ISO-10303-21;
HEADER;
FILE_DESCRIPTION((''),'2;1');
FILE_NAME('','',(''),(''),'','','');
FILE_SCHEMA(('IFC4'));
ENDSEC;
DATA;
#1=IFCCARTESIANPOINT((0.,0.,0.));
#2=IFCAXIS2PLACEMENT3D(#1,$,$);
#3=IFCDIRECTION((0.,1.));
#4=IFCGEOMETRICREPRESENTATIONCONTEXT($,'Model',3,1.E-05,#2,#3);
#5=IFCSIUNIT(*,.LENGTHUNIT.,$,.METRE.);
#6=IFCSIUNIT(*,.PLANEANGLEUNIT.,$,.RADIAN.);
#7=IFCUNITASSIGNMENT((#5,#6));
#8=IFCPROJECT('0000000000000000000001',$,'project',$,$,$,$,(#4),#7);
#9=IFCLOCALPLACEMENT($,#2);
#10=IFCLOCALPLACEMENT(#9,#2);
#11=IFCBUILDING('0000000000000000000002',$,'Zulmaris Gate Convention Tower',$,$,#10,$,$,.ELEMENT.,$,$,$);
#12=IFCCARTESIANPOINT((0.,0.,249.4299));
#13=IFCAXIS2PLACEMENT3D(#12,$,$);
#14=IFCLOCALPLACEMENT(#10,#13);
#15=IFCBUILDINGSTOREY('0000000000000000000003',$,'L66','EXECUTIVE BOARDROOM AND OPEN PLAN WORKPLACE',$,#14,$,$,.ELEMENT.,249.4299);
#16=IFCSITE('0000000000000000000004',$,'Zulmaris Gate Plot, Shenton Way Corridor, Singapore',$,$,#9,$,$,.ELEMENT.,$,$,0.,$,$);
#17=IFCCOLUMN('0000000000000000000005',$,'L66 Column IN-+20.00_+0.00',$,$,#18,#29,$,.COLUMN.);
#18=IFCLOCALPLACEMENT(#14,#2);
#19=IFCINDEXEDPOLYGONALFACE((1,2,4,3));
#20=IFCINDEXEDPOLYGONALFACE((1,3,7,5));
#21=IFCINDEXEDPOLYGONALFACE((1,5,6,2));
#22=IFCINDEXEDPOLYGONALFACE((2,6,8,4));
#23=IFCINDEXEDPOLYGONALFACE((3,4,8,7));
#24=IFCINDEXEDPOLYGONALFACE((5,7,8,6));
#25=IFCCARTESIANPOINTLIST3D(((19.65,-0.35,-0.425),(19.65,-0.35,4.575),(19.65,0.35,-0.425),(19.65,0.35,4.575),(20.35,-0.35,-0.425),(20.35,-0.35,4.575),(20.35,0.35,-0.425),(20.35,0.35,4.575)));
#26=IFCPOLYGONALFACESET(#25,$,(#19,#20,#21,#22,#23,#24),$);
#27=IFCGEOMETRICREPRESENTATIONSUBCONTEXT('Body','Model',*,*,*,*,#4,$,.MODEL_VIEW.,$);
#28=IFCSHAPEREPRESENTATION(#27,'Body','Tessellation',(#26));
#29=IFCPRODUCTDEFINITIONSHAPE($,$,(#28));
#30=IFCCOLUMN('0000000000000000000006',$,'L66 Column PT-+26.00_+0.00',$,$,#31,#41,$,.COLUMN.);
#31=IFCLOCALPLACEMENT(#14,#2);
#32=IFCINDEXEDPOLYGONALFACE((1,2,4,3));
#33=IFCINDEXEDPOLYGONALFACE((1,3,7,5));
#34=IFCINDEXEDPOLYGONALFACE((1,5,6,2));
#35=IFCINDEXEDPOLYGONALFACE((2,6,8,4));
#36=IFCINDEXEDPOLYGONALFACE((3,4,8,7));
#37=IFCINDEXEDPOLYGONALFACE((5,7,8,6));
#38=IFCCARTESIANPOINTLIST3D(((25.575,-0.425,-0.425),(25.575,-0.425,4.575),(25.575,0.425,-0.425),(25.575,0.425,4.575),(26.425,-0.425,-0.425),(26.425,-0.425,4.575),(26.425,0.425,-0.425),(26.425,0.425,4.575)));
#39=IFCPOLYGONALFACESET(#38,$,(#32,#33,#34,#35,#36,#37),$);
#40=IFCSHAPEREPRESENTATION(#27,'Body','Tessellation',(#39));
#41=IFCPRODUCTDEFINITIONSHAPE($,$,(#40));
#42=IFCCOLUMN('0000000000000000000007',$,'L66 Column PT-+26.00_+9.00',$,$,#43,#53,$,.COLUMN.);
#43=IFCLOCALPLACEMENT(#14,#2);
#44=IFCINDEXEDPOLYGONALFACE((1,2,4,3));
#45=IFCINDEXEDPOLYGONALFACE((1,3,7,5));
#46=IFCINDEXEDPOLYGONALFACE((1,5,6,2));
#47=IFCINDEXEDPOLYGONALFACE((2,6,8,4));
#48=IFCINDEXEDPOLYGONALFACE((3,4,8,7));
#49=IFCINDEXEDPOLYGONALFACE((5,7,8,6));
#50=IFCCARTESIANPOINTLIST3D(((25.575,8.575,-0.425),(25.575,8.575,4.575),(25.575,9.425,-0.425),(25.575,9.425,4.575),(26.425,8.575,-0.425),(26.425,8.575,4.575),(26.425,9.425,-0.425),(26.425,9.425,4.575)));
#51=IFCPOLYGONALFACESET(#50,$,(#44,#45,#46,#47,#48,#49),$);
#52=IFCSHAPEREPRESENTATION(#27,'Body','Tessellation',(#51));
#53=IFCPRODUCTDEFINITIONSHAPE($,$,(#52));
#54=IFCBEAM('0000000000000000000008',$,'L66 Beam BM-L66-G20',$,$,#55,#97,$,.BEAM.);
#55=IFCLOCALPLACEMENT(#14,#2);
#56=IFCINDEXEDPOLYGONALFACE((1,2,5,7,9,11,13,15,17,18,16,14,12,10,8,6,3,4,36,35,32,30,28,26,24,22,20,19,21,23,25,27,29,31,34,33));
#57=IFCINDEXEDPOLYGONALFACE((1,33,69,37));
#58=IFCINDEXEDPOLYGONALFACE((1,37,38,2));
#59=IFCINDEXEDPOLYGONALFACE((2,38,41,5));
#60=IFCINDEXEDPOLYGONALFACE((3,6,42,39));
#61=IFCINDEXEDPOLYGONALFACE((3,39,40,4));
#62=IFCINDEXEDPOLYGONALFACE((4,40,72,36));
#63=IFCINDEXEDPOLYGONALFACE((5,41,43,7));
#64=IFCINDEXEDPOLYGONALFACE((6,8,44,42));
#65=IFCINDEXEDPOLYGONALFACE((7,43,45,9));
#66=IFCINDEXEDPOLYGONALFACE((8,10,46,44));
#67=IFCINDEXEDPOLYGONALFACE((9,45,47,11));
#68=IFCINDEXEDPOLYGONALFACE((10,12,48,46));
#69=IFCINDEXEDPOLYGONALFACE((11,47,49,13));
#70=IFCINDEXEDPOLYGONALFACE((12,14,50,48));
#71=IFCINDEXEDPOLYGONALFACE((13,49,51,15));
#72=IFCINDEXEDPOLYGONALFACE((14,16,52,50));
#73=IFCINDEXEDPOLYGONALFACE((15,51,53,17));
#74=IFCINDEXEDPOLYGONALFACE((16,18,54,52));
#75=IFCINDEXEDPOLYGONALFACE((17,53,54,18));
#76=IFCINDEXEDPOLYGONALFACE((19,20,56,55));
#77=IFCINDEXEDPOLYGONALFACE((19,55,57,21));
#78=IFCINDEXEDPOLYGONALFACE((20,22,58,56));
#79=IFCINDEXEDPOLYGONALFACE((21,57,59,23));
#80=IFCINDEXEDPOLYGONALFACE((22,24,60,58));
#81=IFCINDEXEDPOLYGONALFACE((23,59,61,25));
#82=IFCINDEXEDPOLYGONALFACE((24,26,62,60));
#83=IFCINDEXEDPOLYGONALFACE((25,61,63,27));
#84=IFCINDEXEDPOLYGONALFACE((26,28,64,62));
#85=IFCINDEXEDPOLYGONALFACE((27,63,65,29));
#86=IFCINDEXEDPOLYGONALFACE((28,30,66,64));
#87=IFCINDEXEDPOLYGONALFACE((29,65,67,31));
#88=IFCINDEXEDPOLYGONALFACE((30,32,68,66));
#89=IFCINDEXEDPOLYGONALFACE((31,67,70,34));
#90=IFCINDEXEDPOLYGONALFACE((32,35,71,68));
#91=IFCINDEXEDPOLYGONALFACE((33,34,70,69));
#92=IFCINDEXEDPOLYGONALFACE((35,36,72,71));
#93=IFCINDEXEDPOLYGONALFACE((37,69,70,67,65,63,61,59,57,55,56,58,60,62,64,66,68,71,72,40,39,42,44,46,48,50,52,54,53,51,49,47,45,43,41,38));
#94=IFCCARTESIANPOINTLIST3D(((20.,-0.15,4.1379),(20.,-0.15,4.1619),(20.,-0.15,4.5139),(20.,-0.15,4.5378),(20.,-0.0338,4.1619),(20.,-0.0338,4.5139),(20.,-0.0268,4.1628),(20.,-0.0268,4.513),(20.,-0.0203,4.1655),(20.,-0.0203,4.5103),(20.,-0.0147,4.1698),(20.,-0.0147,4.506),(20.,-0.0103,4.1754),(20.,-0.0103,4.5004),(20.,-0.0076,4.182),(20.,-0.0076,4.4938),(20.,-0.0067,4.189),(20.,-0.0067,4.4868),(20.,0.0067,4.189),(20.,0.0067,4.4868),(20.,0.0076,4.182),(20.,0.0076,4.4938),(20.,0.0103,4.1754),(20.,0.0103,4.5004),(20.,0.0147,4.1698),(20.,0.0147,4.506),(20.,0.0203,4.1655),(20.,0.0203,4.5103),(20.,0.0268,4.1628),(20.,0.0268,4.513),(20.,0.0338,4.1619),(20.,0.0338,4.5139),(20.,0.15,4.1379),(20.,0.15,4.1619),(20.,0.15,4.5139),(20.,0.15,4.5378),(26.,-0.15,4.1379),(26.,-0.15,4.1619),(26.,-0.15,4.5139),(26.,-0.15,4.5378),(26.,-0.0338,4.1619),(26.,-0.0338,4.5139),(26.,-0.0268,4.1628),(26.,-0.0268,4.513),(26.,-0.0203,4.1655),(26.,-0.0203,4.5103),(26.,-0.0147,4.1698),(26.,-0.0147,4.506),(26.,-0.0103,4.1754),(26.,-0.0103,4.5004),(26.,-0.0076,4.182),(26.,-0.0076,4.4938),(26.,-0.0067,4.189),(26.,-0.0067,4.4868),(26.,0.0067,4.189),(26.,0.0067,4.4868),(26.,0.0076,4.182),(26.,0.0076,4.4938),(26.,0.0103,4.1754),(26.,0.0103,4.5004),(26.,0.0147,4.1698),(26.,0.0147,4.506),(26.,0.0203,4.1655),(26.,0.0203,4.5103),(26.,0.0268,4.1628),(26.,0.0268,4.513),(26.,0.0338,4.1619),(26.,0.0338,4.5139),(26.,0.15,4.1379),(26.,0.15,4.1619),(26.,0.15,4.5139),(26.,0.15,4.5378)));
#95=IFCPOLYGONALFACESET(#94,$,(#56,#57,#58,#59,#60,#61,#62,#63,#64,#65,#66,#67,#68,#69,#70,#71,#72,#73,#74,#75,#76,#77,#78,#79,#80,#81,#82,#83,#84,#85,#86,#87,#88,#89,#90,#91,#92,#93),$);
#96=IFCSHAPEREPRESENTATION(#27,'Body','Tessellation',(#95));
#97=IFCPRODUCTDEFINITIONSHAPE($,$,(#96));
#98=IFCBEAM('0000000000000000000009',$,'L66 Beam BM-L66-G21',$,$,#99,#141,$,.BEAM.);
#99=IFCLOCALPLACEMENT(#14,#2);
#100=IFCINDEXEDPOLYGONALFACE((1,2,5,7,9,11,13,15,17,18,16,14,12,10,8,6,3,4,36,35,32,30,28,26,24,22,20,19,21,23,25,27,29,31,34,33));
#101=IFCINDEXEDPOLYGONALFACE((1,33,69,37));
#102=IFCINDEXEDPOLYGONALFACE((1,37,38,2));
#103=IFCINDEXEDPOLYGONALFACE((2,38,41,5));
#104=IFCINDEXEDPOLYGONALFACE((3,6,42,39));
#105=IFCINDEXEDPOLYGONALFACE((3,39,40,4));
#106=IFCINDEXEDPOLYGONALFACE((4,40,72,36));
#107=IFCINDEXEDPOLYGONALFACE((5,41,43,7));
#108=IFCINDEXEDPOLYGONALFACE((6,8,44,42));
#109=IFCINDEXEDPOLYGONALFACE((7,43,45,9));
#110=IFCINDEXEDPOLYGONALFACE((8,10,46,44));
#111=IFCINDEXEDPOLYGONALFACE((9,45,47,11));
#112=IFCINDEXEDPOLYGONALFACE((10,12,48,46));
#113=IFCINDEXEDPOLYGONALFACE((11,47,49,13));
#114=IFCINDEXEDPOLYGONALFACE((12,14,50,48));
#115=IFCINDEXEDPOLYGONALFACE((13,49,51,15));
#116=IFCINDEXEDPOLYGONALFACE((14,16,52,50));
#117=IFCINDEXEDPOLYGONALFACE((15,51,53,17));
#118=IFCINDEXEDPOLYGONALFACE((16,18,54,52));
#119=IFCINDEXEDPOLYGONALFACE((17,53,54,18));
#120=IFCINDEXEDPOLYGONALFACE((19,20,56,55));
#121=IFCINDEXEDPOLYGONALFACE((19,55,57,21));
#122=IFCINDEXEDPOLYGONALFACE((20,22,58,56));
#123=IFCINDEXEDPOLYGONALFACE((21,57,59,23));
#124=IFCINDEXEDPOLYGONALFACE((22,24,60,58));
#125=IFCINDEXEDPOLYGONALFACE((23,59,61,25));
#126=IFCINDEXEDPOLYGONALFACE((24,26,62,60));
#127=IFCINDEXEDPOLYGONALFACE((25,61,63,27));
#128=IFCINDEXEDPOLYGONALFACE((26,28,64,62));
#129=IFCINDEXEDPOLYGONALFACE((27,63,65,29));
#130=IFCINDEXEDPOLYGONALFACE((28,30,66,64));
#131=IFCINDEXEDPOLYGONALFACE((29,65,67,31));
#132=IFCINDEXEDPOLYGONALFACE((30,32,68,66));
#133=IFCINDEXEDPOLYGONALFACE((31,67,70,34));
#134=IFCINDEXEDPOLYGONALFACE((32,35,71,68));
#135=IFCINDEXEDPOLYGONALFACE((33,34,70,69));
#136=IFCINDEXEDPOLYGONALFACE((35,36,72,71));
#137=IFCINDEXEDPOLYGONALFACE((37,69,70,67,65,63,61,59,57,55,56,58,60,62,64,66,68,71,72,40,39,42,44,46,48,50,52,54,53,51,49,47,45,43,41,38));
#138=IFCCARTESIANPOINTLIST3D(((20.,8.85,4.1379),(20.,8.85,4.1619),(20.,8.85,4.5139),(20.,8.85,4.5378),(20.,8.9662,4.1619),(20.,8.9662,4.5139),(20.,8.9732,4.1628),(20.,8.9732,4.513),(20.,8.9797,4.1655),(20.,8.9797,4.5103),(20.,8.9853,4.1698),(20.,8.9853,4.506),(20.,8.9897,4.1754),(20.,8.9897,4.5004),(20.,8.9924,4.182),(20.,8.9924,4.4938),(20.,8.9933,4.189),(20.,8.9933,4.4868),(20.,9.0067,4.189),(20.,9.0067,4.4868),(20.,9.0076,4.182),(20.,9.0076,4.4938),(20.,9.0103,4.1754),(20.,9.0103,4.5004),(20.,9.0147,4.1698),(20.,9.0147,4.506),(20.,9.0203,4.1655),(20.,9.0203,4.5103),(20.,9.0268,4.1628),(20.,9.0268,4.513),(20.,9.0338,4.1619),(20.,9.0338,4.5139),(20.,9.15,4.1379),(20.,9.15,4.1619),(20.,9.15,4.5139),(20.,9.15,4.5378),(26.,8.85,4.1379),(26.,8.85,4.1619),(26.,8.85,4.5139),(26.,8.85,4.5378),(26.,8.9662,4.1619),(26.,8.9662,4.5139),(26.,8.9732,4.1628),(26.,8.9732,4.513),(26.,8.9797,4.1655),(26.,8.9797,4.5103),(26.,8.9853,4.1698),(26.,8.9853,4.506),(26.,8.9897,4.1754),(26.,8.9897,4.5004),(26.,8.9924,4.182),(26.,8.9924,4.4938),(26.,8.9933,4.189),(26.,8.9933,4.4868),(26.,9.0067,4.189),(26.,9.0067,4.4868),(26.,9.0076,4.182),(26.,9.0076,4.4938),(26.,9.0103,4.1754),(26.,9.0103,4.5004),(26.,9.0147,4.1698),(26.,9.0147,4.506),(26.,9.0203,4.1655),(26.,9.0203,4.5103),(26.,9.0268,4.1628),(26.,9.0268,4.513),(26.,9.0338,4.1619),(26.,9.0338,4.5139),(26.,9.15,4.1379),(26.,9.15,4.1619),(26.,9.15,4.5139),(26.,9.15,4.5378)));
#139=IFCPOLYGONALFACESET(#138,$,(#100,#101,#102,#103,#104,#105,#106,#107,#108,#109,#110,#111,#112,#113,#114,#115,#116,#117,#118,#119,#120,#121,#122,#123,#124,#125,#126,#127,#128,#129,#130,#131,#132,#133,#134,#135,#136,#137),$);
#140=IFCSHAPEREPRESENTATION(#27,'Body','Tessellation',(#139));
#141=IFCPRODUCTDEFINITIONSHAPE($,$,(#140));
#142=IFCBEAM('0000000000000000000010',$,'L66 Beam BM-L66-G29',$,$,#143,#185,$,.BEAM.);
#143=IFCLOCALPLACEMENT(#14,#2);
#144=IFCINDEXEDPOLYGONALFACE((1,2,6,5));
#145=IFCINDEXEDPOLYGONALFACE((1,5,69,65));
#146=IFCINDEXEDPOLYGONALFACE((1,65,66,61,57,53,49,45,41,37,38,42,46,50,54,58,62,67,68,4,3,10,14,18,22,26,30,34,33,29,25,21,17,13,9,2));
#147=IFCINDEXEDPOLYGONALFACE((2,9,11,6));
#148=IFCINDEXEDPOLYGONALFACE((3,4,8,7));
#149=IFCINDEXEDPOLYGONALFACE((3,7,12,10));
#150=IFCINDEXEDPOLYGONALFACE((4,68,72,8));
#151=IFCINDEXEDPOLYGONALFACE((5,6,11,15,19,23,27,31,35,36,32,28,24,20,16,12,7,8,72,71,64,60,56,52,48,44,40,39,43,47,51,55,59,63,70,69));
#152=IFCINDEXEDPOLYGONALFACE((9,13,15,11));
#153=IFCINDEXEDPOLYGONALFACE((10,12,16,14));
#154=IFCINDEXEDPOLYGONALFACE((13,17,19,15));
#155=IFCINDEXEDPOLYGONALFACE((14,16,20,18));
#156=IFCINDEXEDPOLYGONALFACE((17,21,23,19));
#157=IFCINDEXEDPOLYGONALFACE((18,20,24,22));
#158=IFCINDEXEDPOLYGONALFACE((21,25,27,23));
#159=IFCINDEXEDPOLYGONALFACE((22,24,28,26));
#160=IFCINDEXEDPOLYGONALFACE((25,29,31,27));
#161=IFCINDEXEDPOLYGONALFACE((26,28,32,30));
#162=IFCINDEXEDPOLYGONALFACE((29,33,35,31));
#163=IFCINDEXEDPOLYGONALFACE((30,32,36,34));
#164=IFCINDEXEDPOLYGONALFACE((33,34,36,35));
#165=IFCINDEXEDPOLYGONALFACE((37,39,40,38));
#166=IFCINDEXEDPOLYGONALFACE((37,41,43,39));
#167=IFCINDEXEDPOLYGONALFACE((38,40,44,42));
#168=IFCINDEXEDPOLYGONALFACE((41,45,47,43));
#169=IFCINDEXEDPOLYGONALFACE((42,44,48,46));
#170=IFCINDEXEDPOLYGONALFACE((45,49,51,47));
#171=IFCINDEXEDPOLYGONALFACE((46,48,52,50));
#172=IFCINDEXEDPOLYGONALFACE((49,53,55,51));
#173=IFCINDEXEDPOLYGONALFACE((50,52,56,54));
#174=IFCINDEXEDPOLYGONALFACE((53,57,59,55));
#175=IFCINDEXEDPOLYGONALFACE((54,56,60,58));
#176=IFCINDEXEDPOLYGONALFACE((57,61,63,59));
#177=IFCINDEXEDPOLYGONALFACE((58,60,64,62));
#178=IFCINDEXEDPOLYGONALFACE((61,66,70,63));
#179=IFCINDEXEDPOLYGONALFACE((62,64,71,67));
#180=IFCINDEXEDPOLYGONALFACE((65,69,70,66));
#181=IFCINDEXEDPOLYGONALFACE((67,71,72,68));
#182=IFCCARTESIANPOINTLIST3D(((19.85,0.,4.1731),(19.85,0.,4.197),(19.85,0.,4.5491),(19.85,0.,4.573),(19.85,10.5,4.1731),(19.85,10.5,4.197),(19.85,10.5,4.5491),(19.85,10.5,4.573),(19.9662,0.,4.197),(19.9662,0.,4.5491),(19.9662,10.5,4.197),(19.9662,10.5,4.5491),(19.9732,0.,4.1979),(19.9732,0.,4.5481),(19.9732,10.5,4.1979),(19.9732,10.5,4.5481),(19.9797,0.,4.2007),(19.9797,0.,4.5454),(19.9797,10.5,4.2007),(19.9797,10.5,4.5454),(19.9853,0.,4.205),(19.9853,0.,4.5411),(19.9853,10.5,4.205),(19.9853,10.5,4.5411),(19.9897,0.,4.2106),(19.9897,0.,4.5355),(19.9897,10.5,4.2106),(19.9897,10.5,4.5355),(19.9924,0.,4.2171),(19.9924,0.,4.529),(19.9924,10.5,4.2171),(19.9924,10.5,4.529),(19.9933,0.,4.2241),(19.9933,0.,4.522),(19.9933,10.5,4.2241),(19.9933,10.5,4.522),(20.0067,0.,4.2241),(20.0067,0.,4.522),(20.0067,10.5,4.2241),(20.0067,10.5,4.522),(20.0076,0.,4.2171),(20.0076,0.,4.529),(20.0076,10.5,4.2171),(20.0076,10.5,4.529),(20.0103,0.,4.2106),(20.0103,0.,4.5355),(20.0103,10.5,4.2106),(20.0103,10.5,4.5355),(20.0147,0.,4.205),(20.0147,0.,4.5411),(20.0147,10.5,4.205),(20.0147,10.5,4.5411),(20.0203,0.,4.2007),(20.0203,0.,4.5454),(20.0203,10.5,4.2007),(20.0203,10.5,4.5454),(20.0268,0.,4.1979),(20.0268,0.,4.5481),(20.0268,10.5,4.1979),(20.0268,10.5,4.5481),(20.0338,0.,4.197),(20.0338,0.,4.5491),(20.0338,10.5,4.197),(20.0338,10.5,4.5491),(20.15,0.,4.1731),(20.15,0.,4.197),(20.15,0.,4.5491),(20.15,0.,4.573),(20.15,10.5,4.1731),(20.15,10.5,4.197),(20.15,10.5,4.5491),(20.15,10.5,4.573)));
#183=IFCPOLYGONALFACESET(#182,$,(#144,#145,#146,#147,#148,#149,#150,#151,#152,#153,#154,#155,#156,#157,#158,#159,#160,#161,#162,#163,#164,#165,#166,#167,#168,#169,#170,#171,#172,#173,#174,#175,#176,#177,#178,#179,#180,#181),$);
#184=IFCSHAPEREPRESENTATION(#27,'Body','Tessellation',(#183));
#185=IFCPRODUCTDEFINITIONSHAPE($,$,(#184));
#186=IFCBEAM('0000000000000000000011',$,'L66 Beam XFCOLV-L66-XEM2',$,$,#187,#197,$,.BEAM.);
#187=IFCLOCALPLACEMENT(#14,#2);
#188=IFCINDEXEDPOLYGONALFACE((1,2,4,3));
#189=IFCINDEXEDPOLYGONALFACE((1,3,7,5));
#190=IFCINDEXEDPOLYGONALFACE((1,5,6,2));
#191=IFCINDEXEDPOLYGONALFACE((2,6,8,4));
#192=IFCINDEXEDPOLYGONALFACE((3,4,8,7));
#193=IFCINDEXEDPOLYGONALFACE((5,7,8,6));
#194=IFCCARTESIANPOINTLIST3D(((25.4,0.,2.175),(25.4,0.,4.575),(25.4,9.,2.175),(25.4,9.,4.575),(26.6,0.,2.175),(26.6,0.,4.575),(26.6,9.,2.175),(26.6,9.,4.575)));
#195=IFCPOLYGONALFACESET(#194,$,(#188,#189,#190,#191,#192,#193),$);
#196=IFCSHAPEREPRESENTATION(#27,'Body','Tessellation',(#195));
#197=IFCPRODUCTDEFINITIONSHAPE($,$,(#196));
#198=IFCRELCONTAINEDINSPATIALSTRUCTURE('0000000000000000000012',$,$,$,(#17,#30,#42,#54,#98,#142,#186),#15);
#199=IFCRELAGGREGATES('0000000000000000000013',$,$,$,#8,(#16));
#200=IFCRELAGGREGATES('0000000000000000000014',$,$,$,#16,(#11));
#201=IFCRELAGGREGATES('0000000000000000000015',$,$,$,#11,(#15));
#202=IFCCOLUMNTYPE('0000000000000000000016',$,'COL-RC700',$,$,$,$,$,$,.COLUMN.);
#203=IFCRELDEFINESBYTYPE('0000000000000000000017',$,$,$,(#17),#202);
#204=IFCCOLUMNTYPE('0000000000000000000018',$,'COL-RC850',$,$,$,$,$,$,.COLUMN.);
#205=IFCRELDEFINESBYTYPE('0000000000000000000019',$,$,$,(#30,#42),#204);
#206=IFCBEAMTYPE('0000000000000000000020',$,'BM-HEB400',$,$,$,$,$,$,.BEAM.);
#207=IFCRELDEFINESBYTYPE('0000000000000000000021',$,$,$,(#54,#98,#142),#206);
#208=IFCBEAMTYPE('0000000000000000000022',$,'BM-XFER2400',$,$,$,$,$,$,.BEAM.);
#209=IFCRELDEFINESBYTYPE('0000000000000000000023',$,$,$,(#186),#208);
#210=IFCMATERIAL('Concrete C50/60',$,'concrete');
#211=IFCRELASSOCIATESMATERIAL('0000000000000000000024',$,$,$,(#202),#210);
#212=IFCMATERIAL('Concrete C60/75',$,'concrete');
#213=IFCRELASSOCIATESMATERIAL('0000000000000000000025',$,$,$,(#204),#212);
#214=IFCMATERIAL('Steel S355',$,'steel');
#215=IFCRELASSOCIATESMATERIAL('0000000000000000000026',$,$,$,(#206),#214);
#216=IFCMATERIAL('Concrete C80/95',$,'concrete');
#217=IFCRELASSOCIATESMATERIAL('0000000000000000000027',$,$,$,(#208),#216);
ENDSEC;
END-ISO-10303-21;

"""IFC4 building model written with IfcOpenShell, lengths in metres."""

from ifc_helpers import new_model, si_unit, direction, frame, origin, origin_2d, place, context, subcontext, project, spatial, rectangle, i_section, extrude, material, material_profile, profile_set, type_object, element, save


model = new_model("IFC4")

# Units and contexts
model_context = context("Model", 3, precision=1e-05, world=origin(), true_north=direction((0.0, 1.0)))
body_context = subcontext(model_context, "Body", "Model", "MODEL_VIEW")
ifc_project = project(units=[si_unit("LENGTHUNIT", "METRE"), si_unit("PLANEANGLEUNIT", "RADIAN")], contexts=[model_context])

# Site, building, storey
site_placement = place(None, origin())
site = spatial("IfcSite", under=ifc_project, at=site_placement, Name="Zulmaris Gate Plot, Shenton Way Corridor, Singapore", CompositionType="ELEMENT", RefElevation=0.0)
building_placement = place(site_placement, origin())
building = spatial("IfcBuilding", under=site, at=building_placement, Name="Zulmaris Gate Convention Tower", CompositionType="ELEMENT")
storey_placement = place(building_placement, frame((0.0, 0.0, 249.4299)))
storey = spatial("IfcBuildingStorey", under=building, at=storey_placement, Name="L66", Description="EXECUTIVE BOARDROOM AND OPEN PLAN WORKPLACE", CompositionType="ELEMENT", Elevation=249.4299)

# Columns
ifc_material_1 = material(Name="Concrete C50/60", Category="concrete")
ifc_material_profile_1 = material_profile(ifc_material_1, rectangle(XDim=0.7, YDim=0.7, at=origin_2d()), Name="RC COL 700x700")
ifc_profile_set_1 = profile_set([ifc_material_profile_1], Name="Concrete C50/60")
column_type_1 = type_object("IfcColumnType", Name="COL-RC700", PredefinedType="COLUMN", material=ifc_profile_set_1)
column_placement = place(storey_placement, frame((20.0, 0.0, -0.425), z_axis=(0.0, 0.0, 1.0), x_axis=(1.0, 0.0, 0.0)))
element("IfcColumn", 1, at=column_placement, inside=storey, type_object=column_type_1, Name="L66 Column IN-+20.00_+0.00", PredefinedType="COLUMN", context=body_context, shape_type="SweptSolid", body=[
    extrude(rectangle(XDim=0.7, YDim=0.7, at=origin_2d()), origin(), (0.0, 0.0, 1.0), 5.0),
])
ifc_material_2 = material(Name="Concrete C60/75", Category="concrete")
ifc_material_profile_2 = material_profile(ifc_material_2, rectangle(XDim=0.8501, YDim=0.8501, at=origin_2d()), Name="RC COL 850x850")
ifc_profile_set_2 = profile_set([ifc_material_profile_2], Name="Concrete C60/75")
column_type_2 = type_object("IfcColumnType", Name="COL-RC850", PredefinedType="COLUMN", material=ifc_profile_set_2)
for number, where, z_axis, x_axis, name in (
    (2, (26.0, 0.0, -0.425), (0.0, 0.0, 1.0), (1.0, 0.0, 0.0), "L66 Column PT-+26.00_+0.00"),
    (3, (26.0, 9.0, -0.425), (0.0, 0.0, 1.0), (1.0, 0.0, 0.0), "L66 Column PT-+26.00_+9.00"),
):
    element("IfcColumn", number, at=place(storey_placement, frame(where, z_axis=z_axis, x_axis=x_axis)), inside=storey, type_object=column_type_2, Name=name, PredefinedType="COLUMN", context=body_context, shape_type="SweptSolid", body=[
        extrude(rectangle(XDim=0.8501, YDim=0.8501, at=origin_2d()), origin(), (0.0, 0.0, 1.0), 5.0),
    ])

# Beams
ifc_material_3 = material(Name="Steel S355", Category="steel")
ifc_material_profile_3 = material_profile(ifc_material_3, i_section(OverallWidth=0.3, OverallDepth=0.3999, WebThickness=0.0134, FlangeThickness=0.0239, FilletRadius=0.0271, at=origin_2d()), Name="HEB 400")
ifc_profile_set_3 = profile_set([ifc_material_profile_3], Name="Steel S355")
beam_type_1 = type_object("IfcBeamType", Name="BM-HEB400", PredefinedType="BEAM", material=ifc_profile_set_3)
for number, where, z_axis, x_axis, name in (
    (4, (20.0, 0.0, 4.3379), (1.0, 0.0, 0.0), (0.0, 1.0, 0.0), "L66 Beam BM-L66-G20"),
    (5, (20.0, 9.0, 4.3379), (1.0, 0.0, 0.0), (0.0, 1.0, 0.0), "L66 Beam BM-L66-G21"),
):
    element("IfcBeam", number, at=place(storey_placement, frame(where, z_axis=z_axis, x_axis=x_axis)), inside=storey, type_object=beam_type_1, Name=name, PredefinedType="BEAM", context=body_context, shape_type="SweptSolid", body=[
        extrude(i_section(OverallWidth=0.3, OverallDepth=0.3999, WebThickness=0.0134, FlangeThickness=0.0239, FilletRadius=0.0271, at=origin_2d()), origin(), (0.0, 0.0, 1.0), 6.0),
    ])
beam_placement = place(storey_placement, frame((20.0, 0.0, 4.373), z_axis=(0.0, 1.0, 0.0), x_axis=(-1.0, 0.0, 0.0)))
element("IfcBeam", 6, at=beam_placement, inside=storey, type_object=beam_type_1, Name="L66 Beam BM-L66-G29", PredefinedType="BEAM", context=body_context, shape_type="SweptSolid", body=[
    extrude(i_section(OverallWidth=0.3, OverallDepth=0.3999, WebThickness=0.0134, FlangeThickness=0.0239, FilletRadius=0.0271, at=origin_2d()), origin(), (0.0, 0.0, 1.0), 10.5),
])
ifc_material_4 = material(Name="Concrete C80/95", Category="concrete")
ifc_material_profile_4 = material_profile(ifc_material_4, rectangle(XDim=1.2, YDim=2.3999, at=origin_2d()), Name="RC TRANSFER 1200x2400")
ifc_profile_set_4 = profile_set([ifc_material_profile_4], Name="Concrete C80/95")
beam_type_2 = type_object("IfcBeamType", Name="BM-XFER2400", PredefinedType="BEAM", material=ifc_profile_set_4)
for number, where, z_axis, x_axis, name in (
    (7, (26.0, 0.0, 3.375), (0.0, 1.0, 0.0), (-1.0, 0.0, 0.0), "L66 Beam XFCOLV-L66-XEM2"),
):
    element("IfcBeam", number, at=place(storey_placement, frame(where, z_axis=z_axis, x_axis=x_axis)), inside=storey, type_object=beam_type_2, Name=name, PredefinedType="BEAM", context=body_context, shape_type="SweptSolid", body=[
        extrude(rectangle(XDim=1.2, YDim=2.3999, at=origin_2d()), origin(), (0.0, 0.0, 1.0), 9.0),
    ])

save(model, "model.ifc")
